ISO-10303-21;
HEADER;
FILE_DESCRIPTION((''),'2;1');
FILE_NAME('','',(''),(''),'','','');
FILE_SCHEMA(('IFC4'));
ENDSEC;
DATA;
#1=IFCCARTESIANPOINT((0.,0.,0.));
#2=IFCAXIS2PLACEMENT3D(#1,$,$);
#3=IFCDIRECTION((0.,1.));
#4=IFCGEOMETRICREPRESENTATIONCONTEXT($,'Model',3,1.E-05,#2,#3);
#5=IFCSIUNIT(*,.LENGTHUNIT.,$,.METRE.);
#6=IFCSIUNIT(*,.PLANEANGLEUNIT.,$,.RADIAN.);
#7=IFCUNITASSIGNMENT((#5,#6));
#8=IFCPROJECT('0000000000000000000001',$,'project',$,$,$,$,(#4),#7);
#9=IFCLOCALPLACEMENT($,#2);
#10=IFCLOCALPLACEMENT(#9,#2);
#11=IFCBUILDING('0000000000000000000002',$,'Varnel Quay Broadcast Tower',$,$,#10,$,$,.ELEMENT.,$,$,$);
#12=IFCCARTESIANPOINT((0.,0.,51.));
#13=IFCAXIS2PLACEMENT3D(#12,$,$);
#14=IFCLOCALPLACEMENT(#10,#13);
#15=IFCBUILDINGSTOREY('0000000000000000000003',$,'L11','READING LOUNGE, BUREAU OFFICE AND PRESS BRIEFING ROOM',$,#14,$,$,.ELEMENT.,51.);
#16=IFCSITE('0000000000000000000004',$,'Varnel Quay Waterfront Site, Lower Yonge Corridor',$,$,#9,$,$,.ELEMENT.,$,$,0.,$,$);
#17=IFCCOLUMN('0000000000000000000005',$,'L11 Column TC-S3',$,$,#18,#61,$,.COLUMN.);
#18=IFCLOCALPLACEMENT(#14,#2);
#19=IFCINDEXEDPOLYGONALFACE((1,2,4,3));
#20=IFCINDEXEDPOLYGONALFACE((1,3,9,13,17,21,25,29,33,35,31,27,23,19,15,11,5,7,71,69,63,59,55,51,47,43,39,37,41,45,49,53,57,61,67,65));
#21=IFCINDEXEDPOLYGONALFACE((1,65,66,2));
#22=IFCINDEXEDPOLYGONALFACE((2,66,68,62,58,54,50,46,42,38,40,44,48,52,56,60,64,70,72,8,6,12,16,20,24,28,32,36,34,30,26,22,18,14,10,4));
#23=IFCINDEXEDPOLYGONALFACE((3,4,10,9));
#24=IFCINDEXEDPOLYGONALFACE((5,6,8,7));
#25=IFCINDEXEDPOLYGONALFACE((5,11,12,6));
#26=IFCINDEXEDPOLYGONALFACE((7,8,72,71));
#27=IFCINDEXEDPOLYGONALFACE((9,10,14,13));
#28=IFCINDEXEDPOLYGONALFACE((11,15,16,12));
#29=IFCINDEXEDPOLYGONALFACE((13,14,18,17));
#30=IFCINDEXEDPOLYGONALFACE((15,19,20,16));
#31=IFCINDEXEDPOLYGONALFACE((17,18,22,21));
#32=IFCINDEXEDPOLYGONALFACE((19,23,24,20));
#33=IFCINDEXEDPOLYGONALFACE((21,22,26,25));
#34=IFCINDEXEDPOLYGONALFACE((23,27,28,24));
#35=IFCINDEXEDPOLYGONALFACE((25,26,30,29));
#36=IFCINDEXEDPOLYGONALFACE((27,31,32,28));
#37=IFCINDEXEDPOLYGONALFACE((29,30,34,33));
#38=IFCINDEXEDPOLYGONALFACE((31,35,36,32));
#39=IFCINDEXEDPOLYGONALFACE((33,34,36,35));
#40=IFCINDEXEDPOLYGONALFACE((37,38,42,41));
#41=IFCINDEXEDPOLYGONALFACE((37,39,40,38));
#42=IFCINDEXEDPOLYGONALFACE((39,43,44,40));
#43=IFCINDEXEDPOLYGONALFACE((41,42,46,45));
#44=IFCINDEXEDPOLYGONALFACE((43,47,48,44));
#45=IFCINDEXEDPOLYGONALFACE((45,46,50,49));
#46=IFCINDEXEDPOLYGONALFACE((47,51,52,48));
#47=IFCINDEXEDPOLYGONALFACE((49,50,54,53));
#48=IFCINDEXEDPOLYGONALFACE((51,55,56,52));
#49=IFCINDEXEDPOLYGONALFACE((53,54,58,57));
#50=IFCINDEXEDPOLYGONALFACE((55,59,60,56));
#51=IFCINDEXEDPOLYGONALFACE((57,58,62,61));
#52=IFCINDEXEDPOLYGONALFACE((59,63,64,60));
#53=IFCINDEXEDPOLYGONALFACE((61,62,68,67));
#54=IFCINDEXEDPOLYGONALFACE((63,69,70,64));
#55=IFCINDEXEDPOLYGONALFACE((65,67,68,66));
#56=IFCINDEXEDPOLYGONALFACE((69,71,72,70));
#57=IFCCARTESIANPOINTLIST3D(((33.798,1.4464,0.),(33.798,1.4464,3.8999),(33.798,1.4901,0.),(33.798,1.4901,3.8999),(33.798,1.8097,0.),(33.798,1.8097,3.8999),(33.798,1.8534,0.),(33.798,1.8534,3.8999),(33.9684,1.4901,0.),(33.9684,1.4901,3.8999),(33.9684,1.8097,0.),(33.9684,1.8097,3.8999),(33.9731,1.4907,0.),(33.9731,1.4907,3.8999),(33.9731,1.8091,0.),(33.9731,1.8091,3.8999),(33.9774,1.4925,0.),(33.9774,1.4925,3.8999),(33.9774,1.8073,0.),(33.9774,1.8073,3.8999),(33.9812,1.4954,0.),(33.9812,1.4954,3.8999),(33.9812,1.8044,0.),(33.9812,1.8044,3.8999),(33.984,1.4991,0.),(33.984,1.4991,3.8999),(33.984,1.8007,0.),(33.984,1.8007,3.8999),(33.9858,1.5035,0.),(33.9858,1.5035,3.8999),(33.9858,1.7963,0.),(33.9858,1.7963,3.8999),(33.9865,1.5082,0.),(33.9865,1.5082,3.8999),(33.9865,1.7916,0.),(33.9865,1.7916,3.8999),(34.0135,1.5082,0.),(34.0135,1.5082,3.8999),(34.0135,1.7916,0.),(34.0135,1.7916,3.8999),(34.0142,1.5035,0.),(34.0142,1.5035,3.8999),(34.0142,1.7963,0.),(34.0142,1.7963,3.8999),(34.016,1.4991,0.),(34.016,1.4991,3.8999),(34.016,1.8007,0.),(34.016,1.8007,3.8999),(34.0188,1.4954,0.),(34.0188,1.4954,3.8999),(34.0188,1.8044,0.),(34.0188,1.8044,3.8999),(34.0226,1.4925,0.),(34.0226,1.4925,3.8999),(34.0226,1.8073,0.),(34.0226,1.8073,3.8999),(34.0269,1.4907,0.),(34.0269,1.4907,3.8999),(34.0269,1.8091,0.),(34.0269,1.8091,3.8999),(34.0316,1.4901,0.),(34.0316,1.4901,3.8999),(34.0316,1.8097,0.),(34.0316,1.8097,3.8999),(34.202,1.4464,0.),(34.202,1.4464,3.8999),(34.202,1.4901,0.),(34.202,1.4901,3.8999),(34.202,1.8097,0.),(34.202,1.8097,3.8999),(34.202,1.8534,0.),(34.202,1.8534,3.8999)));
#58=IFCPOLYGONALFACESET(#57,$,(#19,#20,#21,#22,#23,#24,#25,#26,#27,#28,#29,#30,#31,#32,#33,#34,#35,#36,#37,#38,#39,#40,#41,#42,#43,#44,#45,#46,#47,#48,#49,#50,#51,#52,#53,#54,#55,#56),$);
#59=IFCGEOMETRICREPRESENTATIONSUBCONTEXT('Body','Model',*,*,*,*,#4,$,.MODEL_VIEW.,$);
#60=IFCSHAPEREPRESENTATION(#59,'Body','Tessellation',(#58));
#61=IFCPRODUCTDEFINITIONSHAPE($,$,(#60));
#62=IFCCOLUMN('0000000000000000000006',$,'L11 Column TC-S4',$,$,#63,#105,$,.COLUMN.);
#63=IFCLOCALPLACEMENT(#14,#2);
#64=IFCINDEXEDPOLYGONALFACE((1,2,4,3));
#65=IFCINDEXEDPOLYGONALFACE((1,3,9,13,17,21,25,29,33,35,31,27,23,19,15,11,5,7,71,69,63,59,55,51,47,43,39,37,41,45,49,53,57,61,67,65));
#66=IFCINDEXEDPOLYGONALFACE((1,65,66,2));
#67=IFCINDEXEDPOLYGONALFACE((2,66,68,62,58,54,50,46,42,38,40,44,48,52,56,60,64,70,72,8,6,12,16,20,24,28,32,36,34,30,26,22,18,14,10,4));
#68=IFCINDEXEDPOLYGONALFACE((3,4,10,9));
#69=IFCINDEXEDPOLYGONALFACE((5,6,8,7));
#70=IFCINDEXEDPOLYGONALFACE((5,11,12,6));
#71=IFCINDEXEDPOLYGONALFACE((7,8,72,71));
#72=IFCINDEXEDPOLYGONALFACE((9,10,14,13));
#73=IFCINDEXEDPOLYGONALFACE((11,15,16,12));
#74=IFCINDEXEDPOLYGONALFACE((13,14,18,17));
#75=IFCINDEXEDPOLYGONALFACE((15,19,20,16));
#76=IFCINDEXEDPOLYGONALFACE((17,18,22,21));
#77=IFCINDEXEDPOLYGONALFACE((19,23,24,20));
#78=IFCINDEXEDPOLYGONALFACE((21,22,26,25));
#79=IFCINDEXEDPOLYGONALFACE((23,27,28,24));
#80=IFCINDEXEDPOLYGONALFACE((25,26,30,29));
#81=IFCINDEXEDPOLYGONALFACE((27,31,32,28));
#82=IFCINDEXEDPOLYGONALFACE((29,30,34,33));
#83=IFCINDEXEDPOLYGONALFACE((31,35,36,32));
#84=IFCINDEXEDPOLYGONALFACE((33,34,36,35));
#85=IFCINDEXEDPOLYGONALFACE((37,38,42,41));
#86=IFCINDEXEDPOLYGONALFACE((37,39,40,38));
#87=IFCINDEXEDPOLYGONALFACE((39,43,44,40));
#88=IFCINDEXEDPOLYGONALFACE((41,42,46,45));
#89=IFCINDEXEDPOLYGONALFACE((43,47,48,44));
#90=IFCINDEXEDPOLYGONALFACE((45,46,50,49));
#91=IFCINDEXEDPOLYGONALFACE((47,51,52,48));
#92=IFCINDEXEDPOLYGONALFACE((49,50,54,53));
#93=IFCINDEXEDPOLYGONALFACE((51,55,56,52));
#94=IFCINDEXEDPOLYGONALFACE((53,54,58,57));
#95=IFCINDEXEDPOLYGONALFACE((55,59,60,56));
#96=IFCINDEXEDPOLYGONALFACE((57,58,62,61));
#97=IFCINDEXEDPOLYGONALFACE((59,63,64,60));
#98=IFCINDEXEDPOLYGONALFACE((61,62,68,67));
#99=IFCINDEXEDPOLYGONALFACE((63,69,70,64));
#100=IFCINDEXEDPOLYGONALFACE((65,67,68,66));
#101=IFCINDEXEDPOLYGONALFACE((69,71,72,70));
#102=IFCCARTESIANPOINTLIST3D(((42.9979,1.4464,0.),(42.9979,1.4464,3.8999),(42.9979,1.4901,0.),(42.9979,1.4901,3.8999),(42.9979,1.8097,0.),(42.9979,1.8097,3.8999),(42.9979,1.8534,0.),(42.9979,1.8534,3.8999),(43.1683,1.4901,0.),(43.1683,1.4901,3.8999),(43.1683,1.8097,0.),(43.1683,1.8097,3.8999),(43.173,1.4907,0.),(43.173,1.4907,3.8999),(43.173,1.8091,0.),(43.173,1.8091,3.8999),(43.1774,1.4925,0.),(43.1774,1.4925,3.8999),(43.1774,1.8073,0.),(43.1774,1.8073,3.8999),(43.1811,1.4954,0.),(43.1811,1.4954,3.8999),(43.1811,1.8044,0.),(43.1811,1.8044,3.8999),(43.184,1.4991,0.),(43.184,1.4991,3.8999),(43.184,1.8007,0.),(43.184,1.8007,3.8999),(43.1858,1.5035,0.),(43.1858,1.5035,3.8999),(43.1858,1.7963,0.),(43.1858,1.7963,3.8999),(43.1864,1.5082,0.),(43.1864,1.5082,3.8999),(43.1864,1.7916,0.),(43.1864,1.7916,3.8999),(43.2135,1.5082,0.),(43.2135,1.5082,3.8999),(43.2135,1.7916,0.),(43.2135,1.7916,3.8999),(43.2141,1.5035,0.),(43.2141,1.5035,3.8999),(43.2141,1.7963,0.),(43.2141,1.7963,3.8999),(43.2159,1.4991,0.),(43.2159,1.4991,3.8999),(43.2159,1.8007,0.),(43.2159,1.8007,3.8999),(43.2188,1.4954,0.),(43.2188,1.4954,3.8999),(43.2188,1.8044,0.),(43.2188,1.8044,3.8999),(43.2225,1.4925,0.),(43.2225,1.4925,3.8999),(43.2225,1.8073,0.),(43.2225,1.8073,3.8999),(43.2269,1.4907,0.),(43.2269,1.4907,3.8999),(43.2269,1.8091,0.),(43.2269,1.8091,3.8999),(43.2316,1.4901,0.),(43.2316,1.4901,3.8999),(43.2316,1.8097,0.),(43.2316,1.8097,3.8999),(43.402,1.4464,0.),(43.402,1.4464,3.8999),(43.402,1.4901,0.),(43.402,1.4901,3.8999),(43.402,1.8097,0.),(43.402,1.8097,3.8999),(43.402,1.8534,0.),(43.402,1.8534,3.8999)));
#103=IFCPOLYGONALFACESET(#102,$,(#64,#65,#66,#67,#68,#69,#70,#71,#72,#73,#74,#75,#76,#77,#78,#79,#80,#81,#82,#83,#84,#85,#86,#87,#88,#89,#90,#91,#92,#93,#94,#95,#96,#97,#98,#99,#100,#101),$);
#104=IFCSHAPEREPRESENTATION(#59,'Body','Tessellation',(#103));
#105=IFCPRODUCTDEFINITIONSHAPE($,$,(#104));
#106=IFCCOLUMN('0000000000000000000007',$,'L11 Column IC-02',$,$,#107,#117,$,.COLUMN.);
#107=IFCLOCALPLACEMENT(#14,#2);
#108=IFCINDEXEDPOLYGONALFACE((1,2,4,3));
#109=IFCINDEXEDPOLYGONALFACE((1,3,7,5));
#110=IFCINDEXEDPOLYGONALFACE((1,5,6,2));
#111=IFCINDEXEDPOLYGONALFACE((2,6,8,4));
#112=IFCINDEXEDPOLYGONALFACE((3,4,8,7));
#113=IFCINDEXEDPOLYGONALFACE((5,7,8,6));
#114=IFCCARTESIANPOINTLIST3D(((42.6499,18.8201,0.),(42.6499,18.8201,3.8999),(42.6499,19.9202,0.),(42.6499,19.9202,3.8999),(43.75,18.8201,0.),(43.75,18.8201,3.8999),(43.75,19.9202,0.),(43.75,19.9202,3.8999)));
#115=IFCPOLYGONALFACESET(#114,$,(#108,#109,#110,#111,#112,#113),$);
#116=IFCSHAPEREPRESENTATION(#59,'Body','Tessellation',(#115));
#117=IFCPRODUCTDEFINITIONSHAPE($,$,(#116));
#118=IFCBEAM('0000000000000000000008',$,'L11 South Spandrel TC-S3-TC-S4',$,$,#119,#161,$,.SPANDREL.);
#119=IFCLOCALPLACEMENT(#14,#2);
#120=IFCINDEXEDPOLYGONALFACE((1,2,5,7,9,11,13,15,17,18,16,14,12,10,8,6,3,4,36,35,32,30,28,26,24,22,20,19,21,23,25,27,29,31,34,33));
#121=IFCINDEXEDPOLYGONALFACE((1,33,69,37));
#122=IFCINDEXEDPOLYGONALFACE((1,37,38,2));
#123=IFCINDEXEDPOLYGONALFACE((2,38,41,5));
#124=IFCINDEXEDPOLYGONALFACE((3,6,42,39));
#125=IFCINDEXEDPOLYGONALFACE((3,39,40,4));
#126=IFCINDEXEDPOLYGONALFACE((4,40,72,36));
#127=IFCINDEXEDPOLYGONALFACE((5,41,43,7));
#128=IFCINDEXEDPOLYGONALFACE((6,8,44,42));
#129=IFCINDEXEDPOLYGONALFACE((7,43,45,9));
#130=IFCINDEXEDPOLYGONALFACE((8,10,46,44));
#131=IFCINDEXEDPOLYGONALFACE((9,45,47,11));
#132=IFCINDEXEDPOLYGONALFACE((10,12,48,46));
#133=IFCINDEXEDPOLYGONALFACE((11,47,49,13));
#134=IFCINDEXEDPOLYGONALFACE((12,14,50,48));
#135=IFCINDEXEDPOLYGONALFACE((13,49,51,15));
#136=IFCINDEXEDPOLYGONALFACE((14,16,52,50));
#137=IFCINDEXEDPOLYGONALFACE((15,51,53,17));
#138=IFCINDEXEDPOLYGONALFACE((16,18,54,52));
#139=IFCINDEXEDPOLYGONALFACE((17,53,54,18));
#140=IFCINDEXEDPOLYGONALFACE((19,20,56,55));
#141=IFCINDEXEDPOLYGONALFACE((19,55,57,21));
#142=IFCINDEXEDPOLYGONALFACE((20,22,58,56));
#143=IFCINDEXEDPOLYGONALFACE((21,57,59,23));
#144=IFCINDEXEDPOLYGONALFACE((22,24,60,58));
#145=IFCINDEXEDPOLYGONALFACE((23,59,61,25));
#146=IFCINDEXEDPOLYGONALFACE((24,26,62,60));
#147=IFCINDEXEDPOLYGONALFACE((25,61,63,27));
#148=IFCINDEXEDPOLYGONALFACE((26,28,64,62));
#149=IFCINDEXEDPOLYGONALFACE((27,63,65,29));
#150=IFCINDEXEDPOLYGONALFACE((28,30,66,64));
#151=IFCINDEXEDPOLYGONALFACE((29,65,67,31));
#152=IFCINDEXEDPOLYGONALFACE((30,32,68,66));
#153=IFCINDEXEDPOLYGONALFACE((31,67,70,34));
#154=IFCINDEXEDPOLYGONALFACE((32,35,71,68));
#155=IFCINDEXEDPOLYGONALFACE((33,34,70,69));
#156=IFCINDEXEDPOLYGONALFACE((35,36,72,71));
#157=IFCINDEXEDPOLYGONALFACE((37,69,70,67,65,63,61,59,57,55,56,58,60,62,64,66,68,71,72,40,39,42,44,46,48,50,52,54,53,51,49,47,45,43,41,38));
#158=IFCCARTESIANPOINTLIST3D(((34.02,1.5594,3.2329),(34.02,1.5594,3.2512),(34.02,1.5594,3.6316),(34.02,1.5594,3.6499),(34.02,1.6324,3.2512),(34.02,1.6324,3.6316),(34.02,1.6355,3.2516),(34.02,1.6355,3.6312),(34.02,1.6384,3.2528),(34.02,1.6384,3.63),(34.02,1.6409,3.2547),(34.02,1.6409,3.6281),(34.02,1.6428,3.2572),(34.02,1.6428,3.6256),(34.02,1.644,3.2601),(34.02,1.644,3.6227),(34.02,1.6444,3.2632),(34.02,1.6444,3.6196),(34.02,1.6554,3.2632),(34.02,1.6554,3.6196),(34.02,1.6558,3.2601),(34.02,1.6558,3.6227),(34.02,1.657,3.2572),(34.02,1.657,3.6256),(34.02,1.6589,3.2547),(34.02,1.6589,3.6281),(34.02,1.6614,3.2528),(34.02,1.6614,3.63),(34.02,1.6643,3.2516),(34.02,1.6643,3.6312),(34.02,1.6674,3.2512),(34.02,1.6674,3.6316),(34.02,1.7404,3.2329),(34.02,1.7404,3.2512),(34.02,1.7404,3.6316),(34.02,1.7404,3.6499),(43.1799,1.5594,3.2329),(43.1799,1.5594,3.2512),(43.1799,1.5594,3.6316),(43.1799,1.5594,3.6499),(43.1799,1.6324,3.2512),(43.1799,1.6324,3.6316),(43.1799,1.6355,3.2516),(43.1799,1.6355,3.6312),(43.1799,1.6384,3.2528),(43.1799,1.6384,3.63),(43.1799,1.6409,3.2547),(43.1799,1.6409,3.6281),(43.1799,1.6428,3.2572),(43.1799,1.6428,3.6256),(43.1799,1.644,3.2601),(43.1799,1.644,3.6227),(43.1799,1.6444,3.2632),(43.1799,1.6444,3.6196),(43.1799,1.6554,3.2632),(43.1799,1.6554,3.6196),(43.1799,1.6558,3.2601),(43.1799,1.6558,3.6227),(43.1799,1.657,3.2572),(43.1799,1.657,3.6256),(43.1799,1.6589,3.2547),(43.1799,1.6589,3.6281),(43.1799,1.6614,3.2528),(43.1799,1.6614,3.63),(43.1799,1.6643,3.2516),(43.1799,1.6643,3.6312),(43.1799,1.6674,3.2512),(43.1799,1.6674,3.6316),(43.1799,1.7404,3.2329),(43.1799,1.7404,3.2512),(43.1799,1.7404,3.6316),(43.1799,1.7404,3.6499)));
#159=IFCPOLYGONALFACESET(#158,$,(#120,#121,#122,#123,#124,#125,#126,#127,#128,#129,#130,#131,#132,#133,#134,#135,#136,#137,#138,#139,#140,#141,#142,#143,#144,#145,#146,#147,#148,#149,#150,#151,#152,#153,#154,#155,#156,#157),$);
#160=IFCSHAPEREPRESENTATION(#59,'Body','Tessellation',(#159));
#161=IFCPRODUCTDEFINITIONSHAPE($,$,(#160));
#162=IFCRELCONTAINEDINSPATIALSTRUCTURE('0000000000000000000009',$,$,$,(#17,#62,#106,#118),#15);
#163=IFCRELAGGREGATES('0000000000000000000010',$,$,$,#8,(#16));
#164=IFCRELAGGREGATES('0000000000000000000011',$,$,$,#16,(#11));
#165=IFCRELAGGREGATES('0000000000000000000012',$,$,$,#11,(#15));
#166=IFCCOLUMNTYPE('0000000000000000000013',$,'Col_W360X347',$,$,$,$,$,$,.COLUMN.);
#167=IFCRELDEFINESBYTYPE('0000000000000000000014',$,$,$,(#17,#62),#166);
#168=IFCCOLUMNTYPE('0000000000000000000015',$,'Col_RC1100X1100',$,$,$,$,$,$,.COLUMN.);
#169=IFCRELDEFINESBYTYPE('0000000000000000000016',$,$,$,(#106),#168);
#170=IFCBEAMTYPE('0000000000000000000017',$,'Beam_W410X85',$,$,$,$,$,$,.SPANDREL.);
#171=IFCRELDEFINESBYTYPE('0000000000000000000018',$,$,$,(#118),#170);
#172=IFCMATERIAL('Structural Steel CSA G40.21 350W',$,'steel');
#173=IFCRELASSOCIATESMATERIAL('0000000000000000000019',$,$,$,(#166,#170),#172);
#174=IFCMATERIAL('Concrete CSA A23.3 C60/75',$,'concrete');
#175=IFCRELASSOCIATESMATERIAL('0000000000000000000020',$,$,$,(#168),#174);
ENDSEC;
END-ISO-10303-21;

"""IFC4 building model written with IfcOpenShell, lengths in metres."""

from ifc_helpers import new_model, si_unit, direction, frame, origin, origin_2d, place, context, subcontext, project, spatial, rectangle, i_section, extrude, source, transform, mapped, material, material_profile, profile_set, type_object, type_shapes, element, save


model = new_model("IFC4")

# Units and contexts
model_context = context("Model", 3, precision=1e-05, world=origin(), true_north=direction((0.0, 1.0)))
body_context = subcontext(model_context, "Body", "Model", "MODEL_VIEW")
ifc_project = project(units=[si_unit("LENGTHUNIT", "METRE"), si_unit("PLANEANGLEUNIT", "RADIAN")], contexts=[model_context])

# Site, building, storey
site_placement = place(None, origin())
site = spatial("IfcSite", under=ifc_project, at=site_placement, Name="Varnel Quay Waterfront Site, Lower Yonge Corridor", CompositionType="ELEMENT", RefElevation=0.0)
building_placement = place(site_placement, origin())
building = spatial("IfcBuilding", under=site, at=building_placement, Name="Varnel Quay Broadcast Tower", CompositionType="ELEMENT")
storey_placement = place(building_placement, frame((0.0, 0.0, 51.0)))
storey = spatial("IfcBuildingStorey", under=building, at=storey_placement, Name="L11", Description="READING LOUNGE, BUREAU OFFICE AND PRESS BRIEFING ROOM", CompositionType="ELEMENT", Elevation=51.0)

# Columns
ifc_material_1 = material(Name="Structural Steel CSA G40.21 350W", Category="steel")
ifc_material_profile_1 = material_profile(ifc_material_1, i_section(OverallWidth=0.4041, OverallDepth=0.407, WebThickness=0.0271, FlangeThickness=0.0437, FilletRadius=0.0181, at=origin_2d()), Name="W360X347")
ifc_profile_set_1 = profile_set([ifc_material_profile_1], Name="Structural Steel CSA G40.21 350W")
column_type_1 = type_object("IfcColumnType", Name="Col_W360X347", PredefinedType="COLUMN", material=ifc_profile_set_1)
shared_shape_1 = source(origin(), body_context, "Body", "SweptSolid", [
    extrude(i_section(OverallWidth=0.4041, OverallDepth=0.407, WebThickness=0.0271, FlangeThickness=0.0437, FilletRadius=0.0181, at=origin_2d()), origin(), (0.0, 0.0, 1.0), 3.8999),
])
type_shapes(column_type_1, [shared_shape_1])
for number, where, z_axis, x_axis, name in (
    (1, (34.0, 1.6499, 0.0), (0.0, 0.0, 1.0), (1.0, 0.0, 0.0), "L11 Column TC-S3"),
    (2, (43.2, 1.6499, 0.0), (0.0, 0.0, 1.0), (1.0, 0.0, 0.0), "L11 Column TC-S4"),
):
    element("IfcColumn", number, at=place(storey_placement, frame(where, z_axis=z_axis, x_axis=x_axis)), inside=storey, type_object=column_type_1, Name=name, PredefinedType="COLUMN", context=body_context, shape_type="MappedRepresentation", body=[
        mapped(shared_shape_1, transform((0.0, 0.0, 0.0), x_axis=(1.0, 0.0, 0.0), y_axis=(0.0, 1.0, 0.0), z_axis=(0.0, 0.0, 1.0), scale=1.0)),
    ])
ifc_material_2 = material(Name="Concrete CSA A23.3 C60/75", Category="concrete")
ifc_material_profile_2 = material_profile(ifc_material_2, rectangle(XDim=1.1001, YDim=1.1001, at=origin_2d()), Name="RC1100X1100")
ifc_profile_set_2 = profile_set([ifc_material_profile_2], Name="Concrete CSA A23.3 C60/75")
column_type_2 = type_object("IfcColumnType", Name="Col_RC1100X1100", PredefinedType="COLUMN", material=ifc_profile_set_2)
shared_shape_2 = source(origin(), body_context, "Body", "SweptSolid", [
    extrude(rectangle(XDim=1.1001, YDim=1.1001, at=origin_2d()), origin(), (0.0, 0.0, 1.0), 3.8999),
])
type_shapes(column_type_2, [shared_shape_2])
column_placement = place(storey_placement, frame((43.2, 19.3701, 0.0), z_axis=(0.0, 0.0, 1.0), x_axis=(1.0, 0.0, 0.0)))
element("IfcColumn", 3, at=column_placement, inside=storey, type_object=column_type_2, Name="L11 Column IC-02", PredefinedType="COLUMN", context=body_context, shape_type="MappedRepresentation", body=[
    mapped(shared_shape_2, transform((0.0, 0.0, 0.0), x_axis=(1.0, 0.0, 0.0), y_axis=(0.0, 1.0, 0.0), z_axis=(0.0, 0.0, 1.0), scale=1.0)),
])

# Beam
ifc_material_profile_3 = material_profile(ifc_material_1, i_section(OverallWidth=0.1809, OverallDepth=0.417, WebThickness=0.011, FlangeThickness=0.0183, FilletRadius=0.012, at=origin_2d()), Name="W410X85")
ifc_profile_set_3 = profile_set([ifc_material_profile_3], Name="Structural Steel CSA G40.21 350W")
beam_type_1 = type_object("IfcBeamType", Name="Beam_W410X85", PredefinedType="SPANDREL", material=ifc_profile_set_3)
shared_shape_3 = source(origin(), body_context, "Body", "SweptSolid", [
    extrude(i_section(OverallWidth=0.1809, OverallDepth=0.417, WebThickness=0.011, FlangeThickness=0.0183, FilletRadius=0.012, at=origin_2d()), origin(), (0.0, 0.0, 1.0), 9.1599),
])
type_shapes(beam_type_1, [shared_shape_3])
for number, where, z_axis, x_axis, name in (
    (4, (34.02, 1.6499, 3.4414), (1.0, 0.0, 0.0), (0.0, 1.0, 0.0), "L11 South Spandrel TC-S3-TC-S4"),
):
    element("IfcBeam", number, at=place(storey_placement, frame(where, z_axis=z_axis, x_axis=x_axis)), inside=storey, type_object=beam_type_1, Name=name, PredefinedType="SPANDREL", context=body_context, shape_type="MappedRepresentation", body=[
        mapped(shared_shape_3, transform((0.0, 0.0, 0.0), x_axis=(1.0, 0.0, 0.0), y_axis=(0.0, 1.0, 0.0), z_axis=(0.0, 0.0, 1.0), scale=1.0)),
    ])

save(model, "model.ifc")
